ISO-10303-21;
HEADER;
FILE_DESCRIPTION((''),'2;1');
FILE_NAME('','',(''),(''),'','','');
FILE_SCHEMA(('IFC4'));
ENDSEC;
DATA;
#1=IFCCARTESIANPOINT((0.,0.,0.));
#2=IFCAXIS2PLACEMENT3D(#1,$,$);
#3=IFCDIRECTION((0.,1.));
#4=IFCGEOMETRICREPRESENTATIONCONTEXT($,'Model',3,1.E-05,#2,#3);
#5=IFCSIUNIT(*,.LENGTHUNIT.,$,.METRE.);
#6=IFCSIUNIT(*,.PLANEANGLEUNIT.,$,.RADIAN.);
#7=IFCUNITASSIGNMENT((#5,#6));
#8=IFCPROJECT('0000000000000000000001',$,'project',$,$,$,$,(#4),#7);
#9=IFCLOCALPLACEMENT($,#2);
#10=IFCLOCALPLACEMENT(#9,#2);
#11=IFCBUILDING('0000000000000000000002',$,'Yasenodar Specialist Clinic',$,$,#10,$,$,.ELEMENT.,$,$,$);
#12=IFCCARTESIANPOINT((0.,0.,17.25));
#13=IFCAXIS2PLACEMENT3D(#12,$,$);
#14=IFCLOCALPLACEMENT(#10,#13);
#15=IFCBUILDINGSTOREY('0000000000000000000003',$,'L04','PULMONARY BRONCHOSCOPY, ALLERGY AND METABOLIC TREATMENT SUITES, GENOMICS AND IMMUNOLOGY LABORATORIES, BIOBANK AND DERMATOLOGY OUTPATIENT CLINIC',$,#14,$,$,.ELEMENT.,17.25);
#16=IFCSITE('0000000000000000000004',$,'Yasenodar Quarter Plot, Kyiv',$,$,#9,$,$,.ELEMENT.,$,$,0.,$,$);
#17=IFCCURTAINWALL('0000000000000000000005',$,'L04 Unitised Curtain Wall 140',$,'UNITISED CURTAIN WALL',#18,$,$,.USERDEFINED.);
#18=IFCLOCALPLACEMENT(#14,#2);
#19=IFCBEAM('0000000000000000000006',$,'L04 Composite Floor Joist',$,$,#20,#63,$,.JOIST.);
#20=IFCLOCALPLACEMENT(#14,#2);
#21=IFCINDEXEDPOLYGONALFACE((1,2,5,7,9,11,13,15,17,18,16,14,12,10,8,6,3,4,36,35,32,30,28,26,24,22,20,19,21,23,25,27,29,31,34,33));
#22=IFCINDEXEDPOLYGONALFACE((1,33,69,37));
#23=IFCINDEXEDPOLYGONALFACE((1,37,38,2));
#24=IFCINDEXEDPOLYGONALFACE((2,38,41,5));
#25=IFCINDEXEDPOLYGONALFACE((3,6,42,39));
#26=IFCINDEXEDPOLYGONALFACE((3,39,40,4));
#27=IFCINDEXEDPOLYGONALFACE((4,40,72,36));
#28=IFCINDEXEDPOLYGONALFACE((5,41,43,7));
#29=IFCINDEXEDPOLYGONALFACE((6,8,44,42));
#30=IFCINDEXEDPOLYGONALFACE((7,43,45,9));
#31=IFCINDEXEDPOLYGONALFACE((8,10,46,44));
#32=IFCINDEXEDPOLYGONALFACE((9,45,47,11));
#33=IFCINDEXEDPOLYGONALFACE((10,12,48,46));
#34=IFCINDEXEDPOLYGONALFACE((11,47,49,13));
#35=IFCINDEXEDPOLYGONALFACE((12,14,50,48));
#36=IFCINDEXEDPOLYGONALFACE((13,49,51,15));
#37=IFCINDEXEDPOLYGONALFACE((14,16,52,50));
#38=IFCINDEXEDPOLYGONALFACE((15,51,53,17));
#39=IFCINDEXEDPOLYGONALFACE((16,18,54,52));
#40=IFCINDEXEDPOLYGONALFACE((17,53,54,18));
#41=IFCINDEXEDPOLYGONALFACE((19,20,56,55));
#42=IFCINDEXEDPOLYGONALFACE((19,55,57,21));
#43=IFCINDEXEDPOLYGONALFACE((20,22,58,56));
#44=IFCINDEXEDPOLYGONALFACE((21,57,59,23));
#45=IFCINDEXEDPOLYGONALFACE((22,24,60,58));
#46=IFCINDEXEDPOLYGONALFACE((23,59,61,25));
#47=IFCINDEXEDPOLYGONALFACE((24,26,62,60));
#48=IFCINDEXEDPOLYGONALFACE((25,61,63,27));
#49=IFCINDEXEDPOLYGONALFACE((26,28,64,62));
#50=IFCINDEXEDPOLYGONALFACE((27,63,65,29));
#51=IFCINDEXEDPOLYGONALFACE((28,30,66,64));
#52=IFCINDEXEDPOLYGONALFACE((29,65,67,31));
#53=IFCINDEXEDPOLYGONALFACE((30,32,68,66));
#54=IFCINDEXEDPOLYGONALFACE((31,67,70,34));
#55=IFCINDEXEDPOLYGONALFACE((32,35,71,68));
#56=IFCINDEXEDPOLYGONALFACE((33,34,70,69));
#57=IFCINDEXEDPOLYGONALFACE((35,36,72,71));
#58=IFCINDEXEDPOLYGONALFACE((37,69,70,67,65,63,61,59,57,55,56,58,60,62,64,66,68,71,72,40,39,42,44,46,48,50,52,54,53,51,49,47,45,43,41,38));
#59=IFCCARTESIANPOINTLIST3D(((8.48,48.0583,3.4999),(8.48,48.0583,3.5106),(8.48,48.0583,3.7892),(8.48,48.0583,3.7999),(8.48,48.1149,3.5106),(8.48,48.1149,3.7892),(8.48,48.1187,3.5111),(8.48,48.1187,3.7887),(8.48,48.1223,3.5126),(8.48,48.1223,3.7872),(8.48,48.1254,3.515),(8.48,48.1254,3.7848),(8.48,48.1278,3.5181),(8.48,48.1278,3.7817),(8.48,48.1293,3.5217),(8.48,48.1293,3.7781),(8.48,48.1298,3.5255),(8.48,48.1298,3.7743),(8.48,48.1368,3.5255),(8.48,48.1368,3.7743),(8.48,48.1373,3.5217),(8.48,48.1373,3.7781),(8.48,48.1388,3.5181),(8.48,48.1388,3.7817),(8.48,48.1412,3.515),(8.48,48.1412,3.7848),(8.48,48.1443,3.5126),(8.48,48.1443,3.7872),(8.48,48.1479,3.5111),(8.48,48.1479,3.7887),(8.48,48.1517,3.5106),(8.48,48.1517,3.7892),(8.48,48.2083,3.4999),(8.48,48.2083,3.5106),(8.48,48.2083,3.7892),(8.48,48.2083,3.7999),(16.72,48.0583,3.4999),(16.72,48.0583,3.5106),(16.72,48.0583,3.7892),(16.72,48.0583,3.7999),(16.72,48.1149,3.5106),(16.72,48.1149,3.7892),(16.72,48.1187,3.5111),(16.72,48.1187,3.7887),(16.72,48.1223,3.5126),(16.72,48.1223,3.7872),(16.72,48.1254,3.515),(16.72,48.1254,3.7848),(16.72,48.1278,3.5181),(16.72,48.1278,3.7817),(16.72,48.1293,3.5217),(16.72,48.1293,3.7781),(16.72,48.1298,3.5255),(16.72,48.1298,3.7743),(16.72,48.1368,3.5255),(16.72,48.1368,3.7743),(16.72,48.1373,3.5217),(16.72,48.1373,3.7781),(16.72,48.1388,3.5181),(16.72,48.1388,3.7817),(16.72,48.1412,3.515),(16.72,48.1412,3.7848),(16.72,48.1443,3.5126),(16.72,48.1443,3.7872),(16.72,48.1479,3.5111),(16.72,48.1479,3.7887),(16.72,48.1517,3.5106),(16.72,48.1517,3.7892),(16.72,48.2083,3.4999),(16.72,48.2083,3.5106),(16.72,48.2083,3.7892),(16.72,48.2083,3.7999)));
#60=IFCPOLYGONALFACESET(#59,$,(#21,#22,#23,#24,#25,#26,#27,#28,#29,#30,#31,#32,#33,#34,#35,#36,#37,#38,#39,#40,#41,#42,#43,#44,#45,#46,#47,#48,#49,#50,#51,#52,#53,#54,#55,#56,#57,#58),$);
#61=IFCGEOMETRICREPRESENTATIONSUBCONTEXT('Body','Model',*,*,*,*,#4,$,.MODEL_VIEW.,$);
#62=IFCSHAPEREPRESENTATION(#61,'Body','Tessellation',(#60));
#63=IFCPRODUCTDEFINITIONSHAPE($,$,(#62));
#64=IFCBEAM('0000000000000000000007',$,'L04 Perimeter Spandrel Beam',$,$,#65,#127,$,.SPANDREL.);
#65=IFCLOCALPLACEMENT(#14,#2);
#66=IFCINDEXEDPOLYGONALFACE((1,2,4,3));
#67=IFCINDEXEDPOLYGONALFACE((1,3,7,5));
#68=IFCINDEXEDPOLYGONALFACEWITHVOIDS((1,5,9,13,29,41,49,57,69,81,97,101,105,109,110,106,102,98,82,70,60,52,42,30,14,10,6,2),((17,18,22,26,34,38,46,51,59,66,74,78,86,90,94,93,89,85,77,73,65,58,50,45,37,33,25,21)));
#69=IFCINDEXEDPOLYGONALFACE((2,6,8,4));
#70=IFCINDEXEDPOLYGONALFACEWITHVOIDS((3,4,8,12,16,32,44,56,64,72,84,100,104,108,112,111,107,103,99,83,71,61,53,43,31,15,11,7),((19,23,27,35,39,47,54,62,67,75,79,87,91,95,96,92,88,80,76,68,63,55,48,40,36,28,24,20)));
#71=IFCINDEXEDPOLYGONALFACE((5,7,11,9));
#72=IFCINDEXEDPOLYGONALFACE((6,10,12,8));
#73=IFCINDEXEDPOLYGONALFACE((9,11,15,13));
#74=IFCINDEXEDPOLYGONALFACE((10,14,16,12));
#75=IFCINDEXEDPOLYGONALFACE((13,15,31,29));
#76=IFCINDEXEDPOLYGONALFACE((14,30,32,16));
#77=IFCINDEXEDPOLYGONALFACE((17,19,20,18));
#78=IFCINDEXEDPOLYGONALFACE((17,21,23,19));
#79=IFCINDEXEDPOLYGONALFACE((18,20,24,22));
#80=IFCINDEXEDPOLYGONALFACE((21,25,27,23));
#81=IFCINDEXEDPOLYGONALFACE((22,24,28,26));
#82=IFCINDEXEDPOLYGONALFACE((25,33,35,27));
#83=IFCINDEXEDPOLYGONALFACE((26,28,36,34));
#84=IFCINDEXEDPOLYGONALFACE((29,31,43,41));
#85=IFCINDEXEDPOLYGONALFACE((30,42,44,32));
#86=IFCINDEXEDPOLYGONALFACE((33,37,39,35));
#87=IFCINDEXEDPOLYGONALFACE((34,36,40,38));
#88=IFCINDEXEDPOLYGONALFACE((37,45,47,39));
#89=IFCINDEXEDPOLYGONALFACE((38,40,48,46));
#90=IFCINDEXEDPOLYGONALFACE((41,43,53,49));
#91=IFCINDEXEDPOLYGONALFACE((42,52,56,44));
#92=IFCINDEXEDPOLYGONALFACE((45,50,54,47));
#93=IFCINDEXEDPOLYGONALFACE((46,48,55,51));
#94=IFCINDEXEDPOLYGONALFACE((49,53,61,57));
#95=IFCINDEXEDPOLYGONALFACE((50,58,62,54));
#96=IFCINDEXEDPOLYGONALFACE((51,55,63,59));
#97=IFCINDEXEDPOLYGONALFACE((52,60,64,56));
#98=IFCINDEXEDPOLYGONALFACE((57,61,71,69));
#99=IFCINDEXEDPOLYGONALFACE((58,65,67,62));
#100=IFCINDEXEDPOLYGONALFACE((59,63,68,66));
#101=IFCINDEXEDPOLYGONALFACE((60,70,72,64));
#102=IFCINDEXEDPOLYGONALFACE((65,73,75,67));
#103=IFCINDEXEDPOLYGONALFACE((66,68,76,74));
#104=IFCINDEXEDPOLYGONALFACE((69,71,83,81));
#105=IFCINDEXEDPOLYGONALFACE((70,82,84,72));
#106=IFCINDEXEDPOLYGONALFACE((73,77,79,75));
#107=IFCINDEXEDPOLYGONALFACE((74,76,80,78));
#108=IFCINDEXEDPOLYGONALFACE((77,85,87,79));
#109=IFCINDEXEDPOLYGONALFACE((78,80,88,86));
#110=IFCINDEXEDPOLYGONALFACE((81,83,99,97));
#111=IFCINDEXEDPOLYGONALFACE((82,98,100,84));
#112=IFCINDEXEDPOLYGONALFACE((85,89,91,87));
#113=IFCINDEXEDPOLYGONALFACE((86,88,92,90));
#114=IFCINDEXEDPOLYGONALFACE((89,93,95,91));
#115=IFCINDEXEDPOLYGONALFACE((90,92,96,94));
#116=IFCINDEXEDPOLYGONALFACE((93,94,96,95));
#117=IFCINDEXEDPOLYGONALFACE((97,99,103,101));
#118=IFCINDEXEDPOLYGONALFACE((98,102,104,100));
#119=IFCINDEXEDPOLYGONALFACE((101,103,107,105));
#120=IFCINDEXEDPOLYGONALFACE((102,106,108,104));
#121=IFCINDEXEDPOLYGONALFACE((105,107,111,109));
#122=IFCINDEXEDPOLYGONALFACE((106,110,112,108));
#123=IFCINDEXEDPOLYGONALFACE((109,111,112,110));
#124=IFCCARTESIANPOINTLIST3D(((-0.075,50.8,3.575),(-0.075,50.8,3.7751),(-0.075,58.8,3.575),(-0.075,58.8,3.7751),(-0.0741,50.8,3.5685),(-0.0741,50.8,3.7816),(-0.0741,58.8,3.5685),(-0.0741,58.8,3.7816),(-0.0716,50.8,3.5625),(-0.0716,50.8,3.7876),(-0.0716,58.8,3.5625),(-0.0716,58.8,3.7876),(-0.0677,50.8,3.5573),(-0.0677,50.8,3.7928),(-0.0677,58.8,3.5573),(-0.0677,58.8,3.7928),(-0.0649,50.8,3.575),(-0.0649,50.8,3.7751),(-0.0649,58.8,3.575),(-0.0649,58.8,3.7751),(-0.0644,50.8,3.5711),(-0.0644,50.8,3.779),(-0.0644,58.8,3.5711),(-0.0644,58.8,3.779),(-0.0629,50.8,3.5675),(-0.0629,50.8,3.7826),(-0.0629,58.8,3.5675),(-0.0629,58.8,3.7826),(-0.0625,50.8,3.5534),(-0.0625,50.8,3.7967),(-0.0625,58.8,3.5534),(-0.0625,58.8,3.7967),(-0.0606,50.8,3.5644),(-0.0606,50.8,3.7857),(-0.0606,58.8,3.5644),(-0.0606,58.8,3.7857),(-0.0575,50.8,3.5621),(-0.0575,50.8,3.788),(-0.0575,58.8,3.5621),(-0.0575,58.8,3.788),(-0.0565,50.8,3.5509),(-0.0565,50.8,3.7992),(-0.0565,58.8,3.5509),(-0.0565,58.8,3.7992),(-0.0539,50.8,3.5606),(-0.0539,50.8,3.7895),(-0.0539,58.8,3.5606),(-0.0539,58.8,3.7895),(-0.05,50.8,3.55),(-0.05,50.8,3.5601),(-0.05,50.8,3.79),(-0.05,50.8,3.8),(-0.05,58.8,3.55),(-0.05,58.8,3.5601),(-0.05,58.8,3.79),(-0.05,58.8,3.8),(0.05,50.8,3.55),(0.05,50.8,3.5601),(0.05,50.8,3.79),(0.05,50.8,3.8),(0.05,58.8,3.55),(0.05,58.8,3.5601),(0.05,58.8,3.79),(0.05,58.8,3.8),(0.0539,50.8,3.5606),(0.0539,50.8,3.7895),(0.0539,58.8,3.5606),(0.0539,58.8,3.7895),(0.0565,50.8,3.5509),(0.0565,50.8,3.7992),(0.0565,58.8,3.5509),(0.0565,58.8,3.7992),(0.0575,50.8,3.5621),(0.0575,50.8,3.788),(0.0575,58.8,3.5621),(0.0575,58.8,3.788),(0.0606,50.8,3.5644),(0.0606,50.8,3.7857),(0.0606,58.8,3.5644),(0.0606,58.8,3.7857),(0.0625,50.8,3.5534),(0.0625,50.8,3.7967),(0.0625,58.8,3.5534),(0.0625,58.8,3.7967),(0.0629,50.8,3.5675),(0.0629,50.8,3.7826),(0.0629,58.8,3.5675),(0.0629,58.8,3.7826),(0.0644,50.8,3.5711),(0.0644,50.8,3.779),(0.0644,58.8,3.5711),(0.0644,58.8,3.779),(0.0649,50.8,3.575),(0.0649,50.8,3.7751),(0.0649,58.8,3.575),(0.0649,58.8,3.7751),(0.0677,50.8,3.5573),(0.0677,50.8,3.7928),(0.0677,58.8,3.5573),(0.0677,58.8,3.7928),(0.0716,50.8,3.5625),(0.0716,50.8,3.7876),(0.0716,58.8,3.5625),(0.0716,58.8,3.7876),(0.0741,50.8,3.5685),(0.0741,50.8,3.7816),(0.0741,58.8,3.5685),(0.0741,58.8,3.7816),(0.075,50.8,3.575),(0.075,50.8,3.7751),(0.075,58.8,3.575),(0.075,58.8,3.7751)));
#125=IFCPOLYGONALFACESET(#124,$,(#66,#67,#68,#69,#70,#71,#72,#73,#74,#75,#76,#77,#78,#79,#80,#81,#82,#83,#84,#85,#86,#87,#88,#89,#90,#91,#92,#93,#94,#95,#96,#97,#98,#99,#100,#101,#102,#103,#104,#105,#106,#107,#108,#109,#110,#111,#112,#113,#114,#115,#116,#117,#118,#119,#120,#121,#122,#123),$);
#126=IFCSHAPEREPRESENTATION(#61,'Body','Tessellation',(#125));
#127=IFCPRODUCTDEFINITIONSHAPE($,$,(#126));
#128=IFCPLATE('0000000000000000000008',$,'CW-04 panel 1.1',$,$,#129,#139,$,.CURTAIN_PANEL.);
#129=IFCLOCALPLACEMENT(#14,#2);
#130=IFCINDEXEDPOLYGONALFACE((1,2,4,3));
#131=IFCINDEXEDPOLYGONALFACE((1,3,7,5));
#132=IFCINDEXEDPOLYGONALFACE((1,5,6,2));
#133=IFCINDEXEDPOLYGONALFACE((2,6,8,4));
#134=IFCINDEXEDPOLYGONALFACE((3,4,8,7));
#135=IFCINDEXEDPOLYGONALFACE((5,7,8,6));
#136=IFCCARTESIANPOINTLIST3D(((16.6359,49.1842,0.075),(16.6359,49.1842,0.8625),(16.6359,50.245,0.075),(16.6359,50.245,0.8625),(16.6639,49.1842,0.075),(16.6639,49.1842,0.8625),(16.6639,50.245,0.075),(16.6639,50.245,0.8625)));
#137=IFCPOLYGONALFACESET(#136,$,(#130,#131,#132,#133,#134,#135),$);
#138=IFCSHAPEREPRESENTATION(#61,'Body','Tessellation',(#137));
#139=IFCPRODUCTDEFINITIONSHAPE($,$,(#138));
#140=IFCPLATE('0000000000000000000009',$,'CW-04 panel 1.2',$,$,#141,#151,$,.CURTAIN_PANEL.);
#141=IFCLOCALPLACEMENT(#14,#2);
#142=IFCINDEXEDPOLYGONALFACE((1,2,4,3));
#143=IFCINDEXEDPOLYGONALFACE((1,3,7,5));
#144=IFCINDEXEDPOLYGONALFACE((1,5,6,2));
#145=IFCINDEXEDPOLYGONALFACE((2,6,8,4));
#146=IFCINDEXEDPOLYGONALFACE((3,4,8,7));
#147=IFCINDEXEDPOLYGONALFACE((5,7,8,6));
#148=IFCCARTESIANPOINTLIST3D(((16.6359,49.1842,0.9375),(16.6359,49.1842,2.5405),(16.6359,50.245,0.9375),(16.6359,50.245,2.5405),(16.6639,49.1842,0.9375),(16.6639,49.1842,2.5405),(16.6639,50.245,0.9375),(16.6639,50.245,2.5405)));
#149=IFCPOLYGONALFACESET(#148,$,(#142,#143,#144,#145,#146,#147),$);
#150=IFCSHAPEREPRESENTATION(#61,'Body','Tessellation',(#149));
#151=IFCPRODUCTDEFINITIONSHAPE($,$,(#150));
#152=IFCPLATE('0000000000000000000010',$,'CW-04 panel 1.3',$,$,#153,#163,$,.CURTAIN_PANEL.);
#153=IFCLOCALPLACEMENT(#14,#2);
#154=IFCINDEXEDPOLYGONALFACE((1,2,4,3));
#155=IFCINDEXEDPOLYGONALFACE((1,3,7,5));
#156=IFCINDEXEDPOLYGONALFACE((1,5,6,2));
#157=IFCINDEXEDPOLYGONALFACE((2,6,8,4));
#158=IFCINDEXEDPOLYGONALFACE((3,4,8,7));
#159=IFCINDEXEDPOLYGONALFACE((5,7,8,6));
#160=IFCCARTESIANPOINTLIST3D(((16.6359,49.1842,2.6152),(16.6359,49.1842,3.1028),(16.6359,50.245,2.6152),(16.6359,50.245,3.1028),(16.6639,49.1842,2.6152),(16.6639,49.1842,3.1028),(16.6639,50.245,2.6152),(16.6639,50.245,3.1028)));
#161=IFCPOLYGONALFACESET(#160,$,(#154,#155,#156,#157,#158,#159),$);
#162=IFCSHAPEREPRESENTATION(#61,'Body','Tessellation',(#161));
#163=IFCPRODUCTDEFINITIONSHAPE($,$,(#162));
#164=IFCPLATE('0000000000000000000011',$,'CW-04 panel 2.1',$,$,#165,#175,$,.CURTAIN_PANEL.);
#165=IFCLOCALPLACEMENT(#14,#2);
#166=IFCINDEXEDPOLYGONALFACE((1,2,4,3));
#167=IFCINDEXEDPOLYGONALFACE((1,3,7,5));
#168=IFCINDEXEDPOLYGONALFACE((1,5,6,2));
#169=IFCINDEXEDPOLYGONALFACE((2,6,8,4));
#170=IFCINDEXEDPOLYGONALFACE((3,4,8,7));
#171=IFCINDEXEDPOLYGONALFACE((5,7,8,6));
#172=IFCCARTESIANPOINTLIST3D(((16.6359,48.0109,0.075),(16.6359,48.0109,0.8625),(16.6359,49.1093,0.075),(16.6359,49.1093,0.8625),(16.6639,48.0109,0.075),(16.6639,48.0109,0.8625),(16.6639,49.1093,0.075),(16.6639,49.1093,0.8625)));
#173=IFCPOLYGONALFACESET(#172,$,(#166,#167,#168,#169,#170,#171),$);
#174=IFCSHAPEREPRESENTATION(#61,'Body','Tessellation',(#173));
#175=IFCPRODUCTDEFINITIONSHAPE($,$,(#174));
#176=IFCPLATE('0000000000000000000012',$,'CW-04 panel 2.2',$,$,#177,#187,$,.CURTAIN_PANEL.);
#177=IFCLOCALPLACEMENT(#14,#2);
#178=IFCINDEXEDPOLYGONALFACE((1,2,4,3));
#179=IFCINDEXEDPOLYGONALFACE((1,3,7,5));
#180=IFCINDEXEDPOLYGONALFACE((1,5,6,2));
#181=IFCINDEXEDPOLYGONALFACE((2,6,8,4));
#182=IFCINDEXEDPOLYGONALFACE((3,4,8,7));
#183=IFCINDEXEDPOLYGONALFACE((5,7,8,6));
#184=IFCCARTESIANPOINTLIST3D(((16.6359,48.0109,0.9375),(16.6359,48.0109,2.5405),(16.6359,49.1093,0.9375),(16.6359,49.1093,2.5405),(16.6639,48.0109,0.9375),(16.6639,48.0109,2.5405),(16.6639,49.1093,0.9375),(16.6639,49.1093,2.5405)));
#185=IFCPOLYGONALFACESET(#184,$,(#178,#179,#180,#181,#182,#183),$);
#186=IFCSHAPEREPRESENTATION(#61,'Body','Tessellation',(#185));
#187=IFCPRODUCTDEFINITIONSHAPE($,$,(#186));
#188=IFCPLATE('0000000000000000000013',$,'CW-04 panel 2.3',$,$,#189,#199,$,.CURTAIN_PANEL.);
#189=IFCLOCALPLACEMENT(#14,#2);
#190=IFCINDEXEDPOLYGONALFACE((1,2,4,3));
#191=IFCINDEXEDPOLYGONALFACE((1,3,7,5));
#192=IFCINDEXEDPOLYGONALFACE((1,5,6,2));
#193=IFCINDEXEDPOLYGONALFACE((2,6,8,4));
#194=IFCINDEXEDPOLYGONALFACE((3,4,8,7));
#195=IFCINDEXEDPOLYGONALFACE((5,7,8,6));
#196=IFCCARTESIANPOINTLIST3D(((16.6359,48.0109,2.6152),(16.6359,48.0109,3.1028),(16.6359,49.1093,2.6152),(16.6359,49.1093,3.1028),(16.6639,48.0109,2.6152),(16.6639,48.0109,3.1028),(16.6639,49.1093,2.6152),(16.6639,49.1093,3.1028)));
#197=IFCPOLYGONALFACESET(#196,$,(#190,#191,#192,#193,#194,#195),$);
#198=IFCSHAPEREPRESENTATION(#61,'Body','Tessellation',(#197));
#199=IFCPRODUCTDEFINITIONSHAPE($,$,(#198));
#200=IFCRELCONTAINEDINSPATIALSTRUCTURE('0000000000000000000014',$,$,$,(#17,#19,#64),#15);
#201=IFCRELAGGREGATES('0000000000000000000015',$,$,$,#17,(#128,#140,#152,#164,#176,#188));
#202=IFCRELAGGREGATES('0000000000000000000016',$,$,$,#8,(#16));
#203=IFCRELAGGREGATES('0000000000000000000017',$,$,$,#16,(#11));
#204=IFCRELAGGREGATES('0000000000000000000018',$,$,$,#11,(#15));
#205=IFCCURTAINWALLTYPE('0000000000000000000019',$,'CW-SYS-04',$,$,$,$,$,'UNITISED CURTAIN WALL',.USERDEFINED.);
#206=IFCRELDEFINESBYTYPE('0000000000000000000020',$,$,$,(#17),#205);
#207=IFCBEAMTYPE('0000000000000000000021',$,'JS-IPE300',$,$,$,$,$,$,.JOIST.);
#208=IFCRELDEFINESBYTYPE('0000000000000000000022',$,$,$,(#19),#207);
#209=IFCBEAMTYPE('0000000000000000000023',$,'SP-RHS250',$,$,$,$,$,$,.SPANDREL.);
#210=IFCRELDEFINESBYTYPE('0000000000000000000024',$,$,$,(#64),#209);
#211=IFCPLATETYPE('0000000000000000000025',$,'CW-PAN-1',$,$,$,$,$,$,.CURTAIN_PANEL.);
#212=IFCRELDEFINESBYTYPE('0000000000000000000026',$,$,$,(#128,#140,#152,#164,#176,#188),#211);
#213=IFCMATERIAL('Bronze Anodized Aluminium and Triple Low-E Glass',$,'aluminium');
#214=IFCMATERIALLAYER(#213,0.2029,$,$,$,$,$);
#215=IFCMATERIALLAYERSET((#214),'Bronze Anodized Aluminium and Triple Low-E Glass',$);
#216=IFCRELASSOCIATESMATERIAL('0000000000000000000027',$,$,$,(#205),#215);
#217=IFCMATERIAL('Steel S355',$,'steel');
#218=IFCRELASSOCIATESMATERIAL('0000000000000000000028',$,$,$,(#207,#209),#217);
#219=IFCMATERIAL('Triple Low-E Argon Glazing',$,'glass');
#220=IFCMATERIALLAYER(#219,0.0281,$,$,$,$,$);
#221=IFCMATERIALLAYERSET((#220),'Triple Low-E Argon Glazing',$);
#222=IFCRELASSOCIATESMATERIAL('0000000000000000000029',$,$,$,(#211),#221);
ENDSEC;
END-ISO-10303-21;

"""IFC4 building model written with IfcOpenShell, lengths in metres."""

from ifc_helpers import new_model, si_unit, direction, frame, origin, origin_2d, place, context, subcontext, project, spatial, rectangle, hollow_rectangle, i_section, extrude, material, layer, layer_set, material_profile, profile_set, type_object, element, aggregate, save


model = new_model("IFC4")

# Units and contexts
model_context = context("Model", 3, precision=1e-05, world=origin(), true_north=direction((0.0, 1.0)))
body_context = subcontext(model_context, "Body", "Model", "MODEL_VIEW")
ifc_project = project(units=[si_unit("LENGTHUNIT", "METRE"), si_unit("PLANEANGLEUNIT", "RADIAN")], contexts=[model_context])

# Site, building, storey
site_placement = place(None, origin())
site = spatial("IfcSite", under=ifc_project, at=site_placement, Name="Yasenodar Quarter Plot, Kyiv", CompositionType="ELEMENT", RefElevation=0.0)
building_placement = place(site_placement, origin())
building = spatial("IfcBuilding", under=site, at=building_placement, Name="Yasenodar Specialist Clinic", CompositionType="ELEMENT")
storey_placement = place(building_placement, frame((0.0, 0.0, 17.25)))
storey = spatial("IfcBuildingStorey", under=building, at=storey_placement, Name="L04", Description="PULMONARY BRONCHOSCOPY, ALLERGY AND METABOLIC TREATMENT SUITES, GENOMICS AND IMMUNOLOGY LABORATORIES, BIOBANK AND DERMATOLOGY OUTPATIENT CLINIC", CompositionType="ELEMENT", Elevation=17.25)

# Shared definitions
ifc_material_1 = material(Name="Steel S355", Category="steel")

# Curtain wall
ifc_material_2 = material(Name="Bronze Anodized Aluminium and Triple Low-E Glass", Category="aluminium")
ifc_layer_1 = layer(ifc_material_2, 0.2029)
ifc_layer_set_1 = layer_set([ifc_layer_1], Name="Bronze Anodized Aluminium and Triple Low-E Glass")
curtain_wall_type = type_object("IfcCurtainWallType", Name="CW-SYS-04", ElementType="UNITISED CURTAIN WALL", PredefinedType="USERDEFINED", material=ifc_layer_set_1)
curtain_wall_placement = place(storey_placement, origin())
curtain_wall = element("IfcCurtainWall", 1, at=curtain_wall_placement, inside=storey, type_object=curtain_wall_type, Name="L04 Unitised Curtain Wall 140", ObjectType="UNITISED CURTAIN WALL", PredefinedType="USERDEFINED")

# Beams
ifc_material_profile_1 = material_profile(ifc_material_1, i_section(OverallWidth=0.1499, OverallDepth=0.3, WebThickness=0.0071, FlangeThickness=0.0107, FilletRadius=0.0149, at=origin_2d()), Name="IPE 300")
ifc_profile_set_1 = profile_set([ifc_material_profile_1], Name="Steel S355")
beam_type_1 = type_object("IfcBeamType", Name="JS-IPE300", PredefinedType="JOIST", material=ifc_profile_set_1)
beam_1_placement = place(storey_placement, frame((8.48, 48.1333, 3.6499), z_axis=(1.0, 0.0, 0.0), x_axis=(0.0, 1.0, 0.0)))
element("IfcBeam", 2, at=beam_1_placement, inside=storey, type_object=beam_type_1, Name="L04 Composite Floor Joist", PredefinedType="JOIST", context=body_context, shape_type="SweptSolid", body=[
    extrude(i_section(OverallWidth=0.1499, OverallDepth=0.3, WebThickness=0.0071, FlangeThickness=0.0107, FilletRadius=0.0149, at=origin_2d()), origin(), (0.0, 0.0, 1.0), 8.24),
])
ifc_material_profile_2 = material_profile(ifc_material_1, hollow_rectangle(XDim=0.1499, YDim=0.25, WallThickness=0.01, InnerFilletRadius=0.0149, OuterFilletRadius=0.0249, at=origin_2d()), Name="RHS 250x150x10")
ifc_profile_set_2 = profile_set([ifc_material_profile_2], Name="Steel S355")
beam_type_2 = type_object("IfcBeamType", Name="SP-RHS250", PredefinedType="SPANDREL", material=ifc_profile_set_2)
beam_2_placement = place(storey_placement, frame((0.0, 50.8, 3.675), z_axis=(0.0, 1.0, 0.0), x_axis=(-1.0, 0.0, 0.0)))
element("IfcBeam", 3, at=beam_2_placement, inside=storey, type_object=beam_type_2, Name="L04 Perimeter Spandrel Beam", PredefinedType="SPANDREL", context=body_context, shape_type="SweptSolid", body=[
    extrude(hollow_rectangle(XDim=0.1499, YDim=0.25, WallThickness=0.01, InnerFilletRadius=0.0149, OuterFilletRadius=0.0249, at=origin_2d()), origin(), (0.0, 0.0, 1.0), 8.0),
])

# Plates
ifc_material_3 = material(Name="Triple Low-E Argon Glazing", Category="glass")
ifc_layer_2 = layer(ifc_material_3, 0.0281)
ifc_layer_set_2 = layer_set([ifc_layer_2], Name="Triple Low-E Argon Glazing")
plate_type = type_object("IfcPlateType", Name="CW-PAN-1", PredefinedType="CURTAIN_PANEL", material=ifc_layer_set_2)
plate_1_placement = place(storey_placement, frame((16.6499, 49.7146, 0.075), z_axis=(0.0, 0.0, 1.0), x_axis=(0.0, -1.0, 0.0)))
plate_1 = element("IfcPlate", 4, at=plate_1_placement, type_object=plate_type, Name="CW-04 panel 1.1", PredefinedType="CURTAIN_PANEL", context=body_context, shape_type="SweptSolid", body=[
    extrude(rectangle(XDim=1.0608, YDim=0.0281, at=origin_2d()), origin(), (0.0, 0.0, 1.0), 0.7876),
])
plate_2_placement = place(storey_placement, frame((16.6499, 49.7146, 0.9375), z_axis=(0.0, 0.0, 1.0), x_axis=(0.0, -1.0, 0.0)))
plate_2 = element("IfcPlate", 5, at=plate_2_placement, type_object=plate_type, Name="CW-04 panel 1.2", PredefinedType="CURTAIN_PANEL", context=body_context, shape_type="SweptSolid", body=[
    extrude(rectangle(XDim=1.0608, YDim=0.0281, at=origin_2d()), origin(), (0.0, 0.0, 1.0), 1.603),
])
plate_3_placement = place(storey_placement, frame((16.6499, 49.7146, 2.6152), z_axis=(0.0, 0.0, 1.0), x_axis=(0.0, -1.0, 0.0)))
plate_3 = element("IfcPlate", 6, at=plate_3_placement, type_object=plate_type, Name="CW-04 panel 1.3", PredefinedType="CURTAIN_PANEL", context=body_context, shape_type="SweptSolid", body=[
    extrude(rectangle(XDim=1.0608, YDim=0.0281, at=origin_2d()), origin(), (0.0, 0.0, 1.0), 0.4875),
])
plate_4_placement = place(storey_placement, frame((16.6499, 48.5601, 0.075), z_axis=(0.0, 0.0, 1.0), x_axis=(0.0, -1.0, 0.0)))
plate_4 = element("IfcPlate", 7, at=plate_4_placement, type_object=plate_type, Name="CW-04 panel 2.1", PredefinedType="CURTAIN_PANEL", context=body_context, shape_type="SweptSolid", body=[
    extrude(rectangle(XDim=1.0984, YDim=0.0281, at=origin_2d()), origin(), (0.0, 0.0, 1.0), 0.7876),
])
plate_5_placement = place(storey_placement, frame((16.6499, 48.5601, 0.9375), z_axis=(0.0, 0.0, 1.0), x_axis=(0.0, -1.0, 0.0)))
plate_5 = element("IfcPlate", 8, at=plate_5_placement, type_object=plate_type, Name="CW-04 panel 2.2", PredefinedType="CURTAIN_PANEL", context=body_context, shape_type="SweptSolid", body=[
    extrude(rectangle(XDim=1.0984, YDim=0.0281, at=origin_2d()), origin(), (0.0, 0.0, 1.0), 1.603),
])
plate_6_placement = place(storey_placement, frame((16.6499, 48.5601, 2.6152), z_axis=(0.0, 0.0, 1.0), x_axis=(0.0, -1.0, 0.0)))
plate_6 = element("IfcPlate", 9, at=plate_6_placement, type_object=plate_type, Name="CW-04 panel 2.3", PredefinedType="CURTAIN_PANEL", context=body_context, shape_type="SweptSolid", body=[
    extrude(rectangle(XDim=1.0984, YDim=0.0281, at=origin_2d()), origin(), (0.0, 0.0, 1.0), 0.4875),
])
aggregate(curtain_wall, [plate_1, plate_2, plate_3, plate_4, plate_5, plate_6])

save(model, "model.ifc")
